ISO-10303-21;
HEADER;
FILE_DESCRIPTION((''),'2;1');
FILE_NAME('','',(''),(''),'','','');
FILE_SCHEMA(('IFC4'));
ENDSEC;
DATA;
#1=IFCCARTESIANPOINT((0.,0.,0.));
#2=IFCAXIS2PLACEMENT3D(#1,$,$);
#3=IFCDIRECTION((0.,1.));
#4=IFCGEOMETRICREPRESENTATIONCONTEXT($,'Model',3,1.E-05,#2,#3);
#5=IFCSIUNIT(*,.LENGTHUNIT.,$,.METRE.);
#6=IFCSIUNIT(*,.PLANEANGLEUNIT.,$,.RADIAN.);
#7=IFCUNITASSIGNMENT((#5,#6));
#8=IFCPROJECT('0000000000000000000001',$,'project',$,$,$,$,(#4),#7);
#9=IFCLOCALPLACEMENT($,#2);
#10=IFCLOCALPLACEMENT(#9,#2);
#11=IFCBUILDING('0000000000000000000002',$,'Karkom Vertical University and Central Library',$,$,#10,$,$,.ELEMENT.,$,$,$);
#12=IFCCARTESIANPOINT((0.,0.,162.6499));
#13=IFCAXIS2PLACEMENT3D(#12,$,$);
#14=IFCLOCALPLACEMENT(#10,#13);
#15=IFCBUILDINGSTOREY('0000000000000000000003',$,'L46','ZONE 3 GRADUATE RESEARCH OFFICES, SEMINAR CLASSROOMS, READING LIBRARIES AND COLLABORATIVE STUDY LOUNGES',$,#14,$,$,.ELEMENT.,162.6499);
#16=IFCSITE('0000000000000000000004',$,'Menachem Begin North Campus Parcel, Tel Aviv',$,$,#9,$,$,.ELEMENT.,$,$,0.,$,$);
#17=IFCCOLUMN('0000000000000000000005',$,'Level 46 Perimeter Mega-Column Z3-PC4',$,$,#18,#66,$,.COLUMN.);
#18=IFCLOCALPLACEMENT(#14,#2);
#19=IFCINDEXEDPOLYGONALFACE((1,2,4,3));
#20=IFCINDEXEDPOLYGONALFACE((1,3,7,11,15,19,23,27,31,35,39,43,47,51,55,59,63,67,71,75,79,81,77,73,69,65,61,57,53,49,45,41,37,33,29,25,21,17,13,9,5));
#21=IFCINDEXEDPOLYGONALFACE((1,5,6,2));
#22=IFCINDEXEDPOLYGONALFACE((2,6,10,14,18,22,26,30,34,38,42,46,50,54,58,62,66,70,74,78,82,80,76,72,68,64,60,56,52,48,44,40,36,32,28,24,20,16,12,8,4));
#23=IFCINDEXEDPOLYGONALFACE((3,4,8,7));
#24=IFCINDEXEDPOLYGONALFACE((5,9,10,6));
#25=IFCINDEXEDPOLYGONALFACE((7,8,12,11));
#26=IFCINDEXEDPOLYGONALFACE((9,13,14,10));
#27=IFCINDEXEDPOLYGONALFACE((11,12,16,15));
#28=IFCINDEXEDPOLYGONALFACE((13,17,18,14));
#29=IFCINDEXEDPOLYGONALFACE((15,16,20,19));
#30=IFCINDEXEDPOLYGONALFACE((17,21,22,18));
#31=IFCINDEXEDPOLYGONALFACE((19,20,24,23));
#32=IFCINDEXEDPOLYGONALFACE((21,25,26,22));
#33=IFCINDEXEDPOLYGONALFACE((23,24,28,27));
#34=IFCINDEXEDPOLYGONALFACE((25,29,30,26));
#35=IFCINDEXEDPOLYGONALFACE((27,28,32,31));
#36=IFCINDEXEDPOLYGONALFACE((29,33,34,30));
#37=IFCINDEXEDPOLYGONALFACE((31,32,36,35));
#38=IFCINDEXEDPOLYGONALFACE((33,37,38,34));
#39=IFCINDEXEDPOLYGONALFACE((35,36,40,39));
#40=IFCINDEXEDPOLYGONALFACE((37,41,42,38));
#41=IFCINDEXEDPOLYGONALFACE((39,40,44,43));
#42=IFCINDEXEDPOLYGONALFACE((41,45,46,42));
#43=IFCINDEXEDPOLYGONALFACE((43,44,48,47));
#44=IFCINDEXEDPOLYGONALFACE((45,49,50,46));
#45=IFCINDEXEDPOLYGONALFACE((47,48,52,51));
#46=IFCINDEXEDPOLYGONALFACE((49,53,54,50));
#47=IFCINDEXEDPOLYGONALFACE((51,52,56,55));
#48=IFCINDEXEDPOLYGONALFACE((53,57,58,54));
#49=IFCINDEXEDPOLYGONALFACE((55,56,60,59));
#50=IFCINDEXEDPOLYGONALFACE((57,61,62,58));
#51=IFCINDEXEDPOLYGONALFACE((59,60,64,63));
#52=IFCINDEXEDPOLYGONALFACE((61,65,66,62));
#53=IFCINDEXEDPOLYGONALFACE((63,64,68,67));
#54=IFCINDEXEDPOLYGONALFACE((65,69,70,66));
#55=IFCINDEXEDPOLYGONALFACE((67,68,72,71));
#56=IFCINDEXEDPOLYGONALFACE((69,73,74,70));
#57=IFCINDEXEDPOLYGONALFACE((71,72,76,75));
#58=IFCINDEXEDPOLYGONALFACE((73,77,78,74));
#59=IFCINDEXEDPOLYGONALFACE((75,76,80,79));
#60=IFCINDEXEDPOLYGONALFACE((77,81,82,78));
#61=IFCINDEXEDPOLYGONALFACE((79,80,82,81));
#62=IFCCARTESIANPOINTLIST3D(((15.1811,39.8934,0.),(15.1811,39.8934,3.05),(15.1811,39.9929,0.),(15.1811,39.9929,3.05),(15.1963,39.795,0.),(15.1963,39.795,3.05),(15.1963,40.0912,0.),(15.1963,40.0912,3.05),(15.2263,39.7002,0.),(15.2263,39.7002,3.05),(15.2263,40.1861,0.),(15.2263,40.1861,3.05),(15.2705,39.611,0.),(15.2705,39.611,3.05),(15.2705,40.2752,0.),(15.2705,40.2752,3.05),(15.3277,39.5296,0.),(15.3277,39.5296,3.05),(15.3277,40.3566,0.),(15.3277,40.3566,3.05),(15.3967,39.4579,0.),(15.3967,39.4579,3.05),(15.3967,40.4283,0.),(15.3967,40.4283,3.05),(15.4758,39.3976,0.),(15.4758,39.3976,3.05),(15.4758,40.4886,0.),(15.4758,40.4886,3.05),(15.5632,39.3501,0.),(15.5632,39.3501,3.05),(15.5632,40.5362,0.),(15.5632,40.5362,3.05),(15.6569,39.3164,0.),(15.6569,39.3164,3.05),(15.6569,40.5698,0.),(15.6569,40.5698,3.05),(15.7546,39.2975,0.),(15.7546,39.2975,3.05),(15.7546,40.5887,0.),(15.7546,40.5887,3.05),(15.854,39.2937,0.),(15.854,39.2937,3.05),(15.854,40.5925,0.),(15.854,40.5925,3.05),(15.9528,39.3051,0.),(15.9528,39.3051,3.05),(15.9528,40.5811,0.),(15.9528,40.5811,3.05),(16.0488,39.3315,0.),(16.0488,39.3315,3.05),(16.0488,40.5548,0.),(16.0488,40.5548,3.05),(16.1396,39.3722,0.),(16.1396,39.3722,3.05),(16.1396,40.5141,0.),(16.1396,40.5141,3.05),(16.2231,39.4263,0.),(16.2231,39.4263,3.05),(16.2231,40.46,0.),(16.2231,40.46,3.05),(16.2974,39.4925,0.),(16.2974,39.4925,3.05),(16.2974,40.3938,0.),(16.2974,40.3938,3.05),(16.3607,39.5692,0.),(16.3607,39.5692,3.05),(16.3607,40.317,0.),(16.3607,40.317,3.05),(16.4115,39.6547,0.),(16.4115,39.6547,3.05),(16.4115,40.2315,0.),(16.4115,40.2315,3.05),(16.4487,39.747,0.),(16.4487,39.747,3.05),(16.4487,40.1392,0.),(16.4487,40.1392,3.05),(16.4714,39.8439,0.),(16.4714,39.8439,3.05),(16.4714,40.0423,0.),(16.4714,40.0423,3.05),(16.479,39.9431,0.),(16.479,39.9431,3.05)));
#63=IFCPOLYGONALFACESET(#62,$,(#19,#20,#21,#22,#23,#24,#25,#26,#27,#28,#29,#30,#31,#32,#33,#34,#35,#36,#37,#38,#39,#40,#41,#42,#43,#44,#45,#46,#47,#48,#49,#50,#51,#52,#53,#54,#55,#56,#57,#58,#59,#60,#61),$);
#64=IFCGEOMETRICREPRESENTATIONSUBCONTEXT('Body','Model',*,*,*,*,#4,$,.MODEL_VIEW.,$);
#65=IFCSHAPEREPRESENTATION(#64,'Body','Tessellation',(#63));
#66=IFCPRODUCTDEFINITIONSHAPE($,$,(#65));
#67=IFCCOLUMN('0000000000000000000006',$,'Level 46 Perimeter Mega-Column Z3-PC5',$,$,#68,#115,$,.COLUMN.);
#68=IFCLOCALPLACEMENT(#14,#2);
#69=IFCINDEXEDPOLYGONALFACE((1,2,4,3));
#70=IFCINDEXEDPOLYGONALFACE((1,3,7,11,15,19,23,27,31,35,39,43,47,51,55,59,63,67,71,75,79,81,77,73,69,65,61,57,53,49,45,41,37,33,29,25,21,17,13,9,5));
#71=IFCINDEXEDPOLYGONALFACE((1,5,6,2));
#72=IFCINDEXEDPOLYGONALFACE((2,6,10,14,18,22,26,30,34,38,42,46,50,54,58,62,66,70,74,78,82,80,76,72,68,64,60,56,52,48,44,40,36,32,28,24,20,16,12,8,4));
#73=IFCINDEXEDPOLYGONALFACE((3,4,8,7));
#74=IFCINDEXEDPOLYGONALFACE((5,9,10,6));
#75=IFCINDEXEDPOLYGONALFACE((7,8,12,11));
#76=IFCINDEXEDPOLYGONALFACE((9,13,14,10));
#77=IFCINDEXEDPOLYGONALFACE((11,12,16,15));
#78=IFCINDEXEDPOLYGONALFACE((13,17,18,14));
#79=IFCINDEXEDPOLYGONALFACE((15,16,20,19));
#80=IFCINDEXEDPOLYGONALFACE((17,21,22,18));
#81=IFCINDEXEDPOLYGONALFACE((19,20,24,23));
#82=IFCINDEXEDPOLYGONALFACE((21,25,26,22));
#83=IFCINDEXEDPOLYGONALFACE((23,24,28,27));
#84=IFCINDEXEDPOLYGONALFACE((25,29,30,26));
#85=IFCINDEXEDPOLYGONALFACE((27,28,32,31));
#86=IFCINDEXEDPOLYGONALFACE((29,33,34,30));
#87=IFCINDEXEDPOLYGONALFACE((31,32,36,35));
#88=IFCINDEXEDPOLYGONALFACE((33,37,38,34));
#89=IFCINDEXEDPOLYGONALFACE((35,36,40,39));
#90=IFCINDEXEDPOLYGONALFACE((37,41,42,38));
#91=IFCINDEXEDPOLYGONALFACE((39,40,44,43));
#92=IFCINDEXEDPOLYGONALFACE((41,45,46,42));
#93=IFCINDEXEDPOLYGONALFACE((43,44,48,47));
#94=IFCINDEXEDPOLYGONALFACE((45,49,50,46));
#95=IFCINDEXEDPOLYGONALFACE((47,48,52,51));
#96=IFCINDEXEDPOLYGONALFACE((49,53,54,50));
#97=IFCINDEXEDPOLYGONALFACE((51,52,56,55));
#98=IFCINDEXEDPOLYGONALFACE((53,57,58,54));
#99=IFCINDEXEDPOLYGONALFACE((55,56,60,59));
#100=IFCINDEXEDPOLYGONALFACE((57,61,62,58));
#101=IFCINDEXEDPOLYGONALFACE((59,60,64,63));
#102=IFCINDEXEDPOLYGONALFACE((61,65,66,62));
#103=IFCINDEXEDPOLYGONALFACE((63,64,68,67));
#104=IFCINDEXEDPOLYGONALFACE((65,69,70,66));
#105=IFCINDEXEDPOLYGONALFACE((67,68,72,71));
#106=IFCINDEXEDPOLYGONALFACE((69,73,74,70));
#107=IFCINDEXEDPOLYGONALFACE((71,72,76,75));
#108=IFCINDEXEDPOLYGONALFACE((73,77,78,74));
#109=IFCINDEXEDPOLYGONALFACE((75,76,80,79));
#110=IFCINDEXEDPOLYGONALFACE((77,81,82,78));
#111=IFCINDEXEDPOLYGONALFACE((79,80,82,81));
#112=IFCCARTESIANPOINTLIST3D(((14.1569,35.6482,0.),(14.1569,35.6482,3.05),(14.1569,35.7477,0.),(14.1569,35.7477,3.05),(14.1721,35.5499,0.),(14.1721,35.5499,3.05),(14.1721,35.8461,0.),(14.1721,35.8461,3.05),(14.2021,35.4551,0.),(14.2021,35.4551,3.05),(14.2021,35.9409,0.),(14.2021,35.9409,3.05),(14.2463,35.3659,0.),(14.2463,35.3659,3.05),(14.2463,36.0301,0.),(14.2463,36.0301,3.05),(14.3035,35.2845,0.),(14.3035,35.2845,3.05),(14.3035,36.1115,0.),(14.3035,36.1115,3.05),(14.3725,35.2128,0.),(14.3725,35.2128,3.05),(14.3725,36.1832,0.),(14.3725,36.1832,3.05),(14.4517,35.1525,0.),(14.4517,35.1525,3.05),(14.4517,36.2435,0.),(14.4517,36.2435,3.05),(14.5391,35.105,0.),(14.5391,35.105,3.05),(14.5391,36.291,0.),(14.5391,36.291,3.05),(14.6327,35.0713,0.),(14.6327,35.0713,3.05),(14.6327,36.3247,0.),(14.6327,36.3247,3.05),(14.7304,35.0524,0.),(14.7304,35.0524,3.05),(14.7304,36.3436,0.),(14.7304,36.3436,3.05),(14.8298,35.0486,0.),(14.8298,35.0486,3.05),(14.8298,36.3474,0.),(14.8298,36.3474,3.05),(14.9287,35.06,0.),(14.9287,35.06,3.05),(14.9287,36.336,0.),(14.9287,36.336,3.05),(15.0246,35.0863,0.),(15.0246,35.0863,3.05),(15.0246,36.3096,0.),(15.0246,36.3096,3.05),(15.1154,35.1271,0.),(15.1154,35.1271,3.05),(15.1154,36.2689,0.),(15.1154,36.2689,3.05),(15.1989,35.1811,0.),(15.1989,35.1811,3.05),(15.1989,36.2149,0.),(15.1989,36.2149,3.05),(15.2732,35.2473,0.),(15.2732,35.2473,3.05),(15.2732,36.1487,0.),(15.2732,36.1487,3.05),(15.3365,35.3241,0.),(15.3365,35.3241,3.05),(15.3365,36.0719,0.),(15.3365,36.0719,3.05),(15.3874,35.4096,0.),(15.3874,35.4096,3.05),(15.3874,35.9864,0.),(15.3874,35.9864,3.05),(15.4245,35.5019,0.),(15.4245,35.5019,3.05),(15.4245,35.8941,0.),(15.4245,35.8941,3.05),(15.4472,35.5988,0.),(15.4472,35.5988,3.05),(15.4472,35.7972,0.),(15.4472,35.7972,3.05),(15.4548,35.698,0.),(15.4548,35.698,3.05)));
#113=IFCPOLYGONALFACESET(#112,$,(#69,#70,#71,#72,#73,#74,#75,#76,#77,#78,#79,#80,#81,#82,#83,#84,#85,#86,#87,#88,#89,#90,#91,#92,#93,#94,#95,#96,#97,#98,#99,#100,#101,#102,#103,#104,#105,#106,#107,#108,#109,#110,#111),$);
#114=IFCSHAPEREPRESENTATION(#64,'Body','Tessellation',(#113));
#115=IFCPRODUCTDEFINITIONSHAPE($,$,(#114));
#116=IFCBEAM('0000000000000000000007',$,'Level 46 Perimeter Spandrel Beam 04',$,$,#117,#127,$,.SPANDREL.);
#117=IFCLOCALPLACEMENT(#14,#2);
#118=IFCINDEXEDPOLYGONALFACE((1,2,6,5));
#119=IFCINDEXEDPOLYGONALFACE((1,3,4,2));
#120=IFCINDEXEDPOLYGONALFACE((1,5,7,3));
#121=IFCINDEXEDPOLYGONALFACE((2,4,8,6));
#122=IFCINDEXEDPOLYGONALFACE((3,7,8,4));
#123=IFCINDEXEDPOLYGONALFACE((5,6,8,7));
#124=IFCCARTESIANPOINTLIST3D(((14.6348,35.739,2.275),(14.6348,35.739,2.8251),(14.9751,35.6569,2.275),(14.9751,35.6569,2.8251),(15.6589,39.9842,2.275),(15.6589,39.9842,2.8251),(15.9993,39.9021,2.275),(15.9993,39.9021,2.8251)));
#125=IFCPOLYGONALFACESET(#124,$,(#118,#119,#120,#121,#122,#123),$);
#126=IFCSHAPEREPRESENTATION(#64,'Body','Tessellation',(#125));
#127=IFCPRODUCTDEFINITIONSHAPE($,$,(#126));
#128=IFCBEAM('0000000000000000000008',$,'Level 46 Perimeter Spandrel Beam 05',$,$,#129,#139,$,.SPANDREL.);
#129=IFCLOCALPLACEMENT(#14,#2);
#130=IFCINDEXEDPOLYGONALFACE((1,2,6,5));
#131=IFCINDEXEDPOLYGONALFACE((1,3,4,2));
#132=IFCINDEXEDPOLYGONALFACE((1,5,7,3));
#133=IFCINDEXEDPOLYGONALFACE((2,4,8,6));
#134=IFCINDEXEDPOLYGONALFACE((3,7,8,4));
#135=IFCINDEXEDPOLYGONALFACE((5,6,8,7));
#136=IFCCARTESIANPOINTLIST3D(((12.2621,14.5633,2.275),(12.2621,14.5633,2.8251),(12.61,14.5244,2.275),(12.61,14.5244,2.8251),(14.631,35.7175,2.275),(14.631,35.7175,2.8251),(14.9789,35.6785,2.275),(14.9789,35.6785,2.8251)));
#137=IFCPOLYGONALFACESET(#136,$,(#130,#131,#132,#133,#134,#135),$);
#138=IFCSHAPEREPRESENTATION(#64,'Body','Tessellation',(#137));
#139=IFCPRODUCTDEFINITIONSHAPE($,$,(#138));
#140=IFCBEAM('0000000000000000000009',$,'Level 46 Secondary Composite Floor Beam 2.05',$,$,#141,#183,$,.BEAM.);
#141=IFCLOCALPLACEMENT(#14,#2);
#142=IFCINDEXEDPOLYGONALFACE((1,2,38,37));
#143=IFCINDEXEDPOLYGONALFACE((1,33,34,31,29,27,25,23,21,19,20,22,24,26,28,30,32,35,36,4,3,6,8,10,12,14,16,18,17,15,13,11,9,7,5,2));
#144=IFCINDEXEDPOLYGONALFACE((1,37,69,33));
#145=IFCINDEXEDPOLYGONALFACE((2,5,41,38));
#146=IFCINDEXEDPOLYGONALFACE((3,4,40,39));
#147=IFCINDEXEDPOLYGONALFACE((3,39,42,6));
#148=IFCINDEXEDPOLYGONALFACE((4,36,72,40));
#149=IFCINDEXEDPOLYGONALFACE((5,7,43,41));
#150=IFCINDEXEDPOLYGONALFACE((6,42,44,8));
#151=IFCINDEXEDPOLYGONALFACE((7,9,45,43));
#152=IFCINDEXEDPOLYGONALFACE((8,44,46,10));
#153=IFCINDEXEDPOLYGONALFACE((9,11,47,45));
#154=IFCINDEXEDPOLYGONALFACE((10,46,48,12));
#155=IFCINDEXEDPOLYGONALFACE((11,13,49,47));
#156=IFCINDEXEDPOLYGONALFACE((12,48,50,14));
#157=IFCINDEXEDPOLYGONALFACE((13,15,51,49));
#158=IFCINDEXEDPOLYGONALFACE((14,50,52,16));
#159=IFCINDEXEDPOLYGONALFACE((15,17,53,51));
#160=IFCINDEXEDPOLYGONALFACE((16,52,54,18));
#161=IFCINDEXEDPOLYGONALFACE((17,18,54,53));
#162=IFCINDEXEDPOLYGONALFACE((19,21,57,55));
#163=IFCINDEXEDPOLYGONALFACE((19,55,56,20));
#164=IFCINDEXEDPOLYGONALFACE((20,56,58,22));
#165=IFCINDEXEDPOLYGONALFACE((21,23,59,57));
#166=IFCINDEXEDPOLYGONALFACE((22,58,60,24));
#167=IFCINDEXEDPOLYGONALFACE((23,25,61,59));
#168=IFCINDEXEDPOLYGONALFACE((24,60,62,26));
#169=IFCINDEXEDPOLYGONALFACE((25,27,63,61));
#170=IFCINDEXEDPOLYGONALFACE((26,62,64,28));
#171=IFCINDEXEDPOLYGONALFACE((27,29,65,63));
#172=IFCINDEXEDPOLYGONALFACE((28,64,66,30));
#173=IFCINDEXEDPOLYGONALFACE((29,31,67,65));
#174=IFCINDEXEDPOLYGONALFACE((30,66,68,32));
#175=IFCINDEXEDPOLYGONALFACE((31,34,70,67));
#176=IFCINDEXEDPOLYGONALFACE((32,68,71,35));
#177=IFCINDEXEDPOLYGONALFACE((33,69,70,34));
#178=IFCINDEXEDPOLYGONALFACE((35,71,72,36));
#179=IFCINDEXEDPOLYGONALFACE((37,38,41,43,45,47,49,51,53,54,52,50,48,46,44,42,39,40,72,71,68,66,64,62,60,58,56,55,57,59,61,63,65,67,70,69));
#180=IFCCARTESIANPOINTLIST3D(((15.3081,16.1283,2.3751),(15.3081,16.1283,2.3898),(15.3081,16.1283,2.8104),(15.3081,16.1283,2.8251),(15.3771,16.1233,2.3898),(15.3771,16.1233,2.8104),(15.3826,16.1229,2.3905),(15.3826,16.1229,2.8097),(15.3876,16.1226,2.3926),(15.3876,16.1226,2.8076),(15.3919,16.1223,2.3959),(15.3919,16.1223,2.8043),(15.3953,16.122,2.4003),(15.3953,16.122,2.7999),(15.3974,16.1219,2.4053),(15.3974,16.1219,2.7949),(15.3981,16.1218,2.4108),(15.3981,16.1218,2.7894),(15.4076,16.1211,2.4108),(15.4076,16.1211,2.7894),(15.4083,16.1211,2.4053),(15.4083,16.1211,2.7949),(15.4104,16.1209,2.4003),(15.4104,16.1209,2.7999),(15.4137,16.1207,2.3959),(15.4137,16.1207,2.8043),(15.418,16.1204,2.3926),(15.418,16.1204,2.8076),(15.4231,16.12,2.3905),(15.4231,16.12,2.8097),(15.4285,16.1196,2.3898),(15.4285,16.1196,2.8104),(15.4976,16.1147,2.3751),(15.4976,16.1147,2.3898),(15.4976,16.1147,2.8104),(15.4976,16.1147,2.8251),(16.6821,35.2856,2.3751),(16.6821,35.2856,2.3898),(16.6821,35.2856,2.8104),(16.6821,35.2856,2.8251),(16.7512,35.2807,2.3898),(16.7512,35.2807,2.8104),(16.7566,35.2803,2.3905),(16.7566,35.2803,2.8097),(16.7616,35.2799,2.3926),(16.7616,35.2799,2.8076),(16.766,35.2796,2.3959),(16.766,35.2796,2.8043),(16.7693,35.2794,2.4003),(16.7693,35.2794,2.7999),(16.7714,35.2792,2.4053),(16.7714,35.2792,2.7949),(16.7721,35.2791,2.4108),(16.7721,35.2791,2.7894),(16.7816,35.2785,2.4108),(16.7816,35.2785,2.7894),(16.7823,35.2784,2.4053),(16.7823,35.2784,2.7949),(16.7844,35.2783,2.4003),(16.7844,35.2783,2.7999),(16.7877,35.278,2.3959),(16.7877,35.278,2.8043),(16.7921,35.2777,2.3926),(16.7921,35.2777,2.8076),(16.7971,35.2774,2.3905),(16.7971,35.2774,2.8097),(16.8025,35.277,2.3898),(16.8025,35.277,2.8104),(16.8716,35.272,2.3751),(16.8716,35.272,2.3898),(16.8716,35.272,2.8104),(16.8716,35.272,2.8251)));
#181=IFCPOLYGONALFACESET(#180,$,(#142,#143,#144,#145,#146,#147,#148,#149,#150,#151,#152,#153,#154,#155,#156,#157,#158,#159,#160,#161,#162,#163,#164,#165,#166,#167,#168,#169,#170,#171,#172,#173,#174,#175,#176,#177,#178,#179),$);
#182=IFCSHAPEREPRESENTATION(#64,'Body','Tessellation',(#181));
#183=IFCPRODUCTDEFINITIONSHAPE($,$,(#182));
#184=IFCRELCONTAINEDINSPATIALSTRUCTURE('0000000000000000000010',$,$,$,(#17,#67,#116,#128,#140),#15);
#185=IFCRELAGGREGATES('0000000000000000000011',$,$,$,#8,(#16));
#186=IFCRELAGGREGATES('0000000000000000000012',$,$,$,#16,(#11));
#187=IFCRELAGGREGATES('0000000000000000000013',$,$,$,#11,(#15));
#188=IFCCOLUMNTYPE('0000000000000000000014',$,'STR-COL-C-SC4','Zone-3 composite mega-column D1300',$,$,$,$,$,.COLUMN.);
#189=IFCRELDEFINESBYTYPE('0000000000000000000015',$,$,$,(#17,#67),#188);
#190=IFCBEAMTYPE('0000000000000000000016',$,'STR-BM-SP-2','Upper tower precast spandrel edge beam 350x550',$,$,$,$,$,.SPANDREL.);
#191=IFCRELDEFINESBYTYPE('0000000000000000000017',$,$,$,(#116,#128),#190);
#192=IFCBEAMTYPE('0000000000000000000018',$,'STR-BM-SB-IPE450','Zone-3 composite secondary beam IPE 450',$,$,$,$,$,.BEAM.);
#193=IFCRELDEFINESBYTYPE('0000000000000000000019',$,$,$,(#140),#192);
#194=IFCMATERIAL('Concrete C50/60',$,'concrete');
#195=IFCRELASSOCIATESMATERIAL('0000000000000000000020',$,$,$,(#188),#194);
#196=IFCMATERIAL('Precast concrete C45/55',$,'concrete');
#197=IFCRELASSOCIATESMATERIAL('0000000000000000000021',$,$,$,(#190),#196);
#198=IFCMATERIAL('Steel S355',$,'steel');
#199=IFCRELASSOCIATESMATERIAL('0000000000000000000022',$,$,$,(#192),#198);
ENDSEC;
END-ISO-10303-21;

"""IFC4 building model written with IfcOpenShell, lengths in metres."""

from ifc_helpers import new_model, si_unit, direction, frame, origin, origin_with_axes, origin_2d, place, context, subcontext, project, spatial, rectangle, circle, i_section, extrude, source, transform, mapped, material, material_profile, profile_set, type_object, element, save


model = new_model("IFC4")

# Units and contexts
model_context = context("Model", 3, precision=1e-05, world=origin(), true_north=direction((0.0, 1.0)))
body_context = subcontext(model_context, "Body", "Model", "MODEL_VIEW")
ifc_project = project(units=[si_unit("LENGTHUNIT", "METRE"), si_unit("PLANEANGLEUNIT", "RADIAN")], contexts=[model_context])

# Site, building, storey
site_placement = place(None, origin())
site = spatial("IfcSite", under=ifc_project, at=site_placement, Name="Menachem Begin North Campus Parcel, Tel Aviv", CompositionType="ELEMENT", RefElevation=0.0)
building_placement = place(site_placement, origin())
building = spatial("IfcBuilding", under=site, at=building_placement, Name="Karkom Vertical University and Central Library", CompositionType="ELEMENT")
storey_placement = place(building_placement, frame((0.0, 0.0, 162.6499)))
storey = spatial("IfcBuildingStorey", under=building, at=storey_placement, Name="L46", Description="ZONE 3 GRADUATE RESEARCH OFFICES, SEMINAR CLASSROOMS, READING LIBRARIES AND COLLABORATIVE STUDY LOUNGES", CompositionType="ELEMENT", Elevation=162.6499)

# Columns
ifc_material_1 = material(Name="Concrete C50/60", Category="concrete")
ifc_material_profile_1 = material_profile(ifc_material_1, circle(Radius=0.6499, at=origin_2d()), Name="CFT-D1300")
ifc_profile_set_1 = profile_set([ifc_material_profile_1], Name="Concrete C50/60")
column_type = type_object("IfcColumnType", Name="STR-COL-C-SC4", Description="Zone-3 composite mega-column D1300", PredefinedType="COLUMN", material=ifc_profile_set_1)
shared_shape_1 = source(origin_with_axes(), body_context, "Body", "SweptSolid", [
    extrude(circle(Radius=0.6499, at=origin_2d()), origin(), (0.0, 0.0, 1.0), 3.05),
])
for number, where, z_axis, x_axis, name in (
    (1, (15.8291, 39.9431, 0.0), (0.0, 0.0, 1.0), (1.0, 0.0, 0.0), "Level 46 Perimeter Mega-Column Z3-PC4"),
    (2, (14.8049, 35.698, 0.0), (0.0, 0.0, 1.0), (1.0, 0.0, 0.0), "Level 46 Perimeter Mega-Column Z3-PC5"),
):
    element("IfcColumn", number, at=place(storey_placement, frame(where, z_axis=z_axis, x_axis=x_axis)), inside=storey, type_object=column_type, Name=name, PredefinedType="COLUMN", context=body_context, shape_type="MappedRepresentation", body=[
        mapped(shared_shape_1, transform((0.0, 0.0, 0.0), scale=1.0)),
    ])

# Beams
ifc_material_2 = material(Name="Precast concrete C45/55", Category="concrete")
ifc_material_profile_2 = material_profile(ifc_material_2, rectangle(XDim=0.3501, YDim=0.55, at=origin_2d()), Name="SPB-350x550")
ifc_profile_set_2 = profile_set([ifc_material_profile_2], Name="Precast concrete C45/55")
beam_type_1 = type_object("IfcBeamType", Name="STR-BM-SP-2", Description="Upper tower precast spandrel edge beam 350x550", PredefinedType="SPANDREL", material=ifc_profile_set_2)
shared_shape_2 = source(origin_with_axes(), body_context, "Body", "SweptSolid", [
    extrude(rectangle(XDim=0.3501, YDim=0.55, at=origin_2d()), origin(), (0.0, 0.0, 1.0), 4.3669),
])
beam_1_placement = place(storey_placement, frame((15.8291, 39.9431, 2.55), z_axis=(-0.234529, -0.972109, 0.0), x_axis=(0.972109, -0.234529, 0.0)))
element("IfcBeam", 3, at=beam_1_placement, inside=storey, type_object=beam_type_1, Name="Level 46 Perimeter Spandrel Beam 04", PredefinedType="SPANDREL", context=body_context, shape_type="MappedRepresentation", body=[
    mapped(shared_shape_2, transform((0.0, 0.0, 0.0), scale=1.0)),
])
shared_shape_3 = source(origin_with_axes(), body_context, "Body", "SweptSolid", [
    extrude(rectangle(XDim=0.3501, YDim=0.55, at=origin_2d()), origin(), (0.0, 0.0, 1.0), 21.2864),
])
beam_2_placement = place(storey_placement, frame((14.8049, 35.698, 2.55), z_axis=(-0.111287, -0.993788, 0.0), x_axis=(0.993788, -0.111287, 0.0)))
element("IfcBeam", 4, at=beam_2_placement, inside=storey, type_object=beam_type_1, Name="Level 46 Perimeter Spandrel Beam 05", PredefinedType="SPANDREL", context=body_context, shape_type="MappedRepresentation", body=[
    mapped(shared_shape_3, transform((0.0, 0.0, 0.0), scale=1.0)),
])
ifc_material_3 = material(Name="Steel S355", Category="steel")
ifc_material_profile_3 = material_profile(ifc_material_3, i_section(OverallWidth=0.1899, OverallDepth=0.45, WebThickness=0.0095, FlangeThickness=0.0146, FilletRadius=0.021, at=origin_2d()), Name="IPE 450")
ifc_profile_set_3 = profile_set([ifc_material_profile_3], Name="Steel S355")
beam_type_2 = type_object("IfcBeamType", Name="STR-BM-SB-IPE450", Description="Zone-3 composite secondary beam IPE 450", PredefinedType="BEAM", material=ifc_profile_set_3)
shared_shape_4 = source(origin_with_axes(), body_context, "Body", "SweptSolid", [
    extrude(i_section(OverallWidth=0.1899, OverallDepth=0.45, WebThickness=0.0095, FlangeThickness=0.0146, FilletRadius=0.021, at=origin_2d()), origin(), (0.0, 0.0, 1.0), 19.2065),
])
beam_3_placement = place(storey_placement, frame((16.7769, 35.2788, 2.6001), z_axis=(-0.07154, -0.997438, 0.0), x_axis=(0.997438, -0.07154, 0.0)))
element("IfcBeam", 5, at=beam_3_placement, inside=storey, type_object=beam_type_2, Name="Level 46 Secondary Composite Floor Beam 2.05", PredefinedType="BEAM", context=body_context, shape_type="MappedRepresentation", body=[
    mapped(shared_shape_4, transform((0.0, 0.0, 0.0), scale=1.0)),
])

save(model, "model.ifc")
